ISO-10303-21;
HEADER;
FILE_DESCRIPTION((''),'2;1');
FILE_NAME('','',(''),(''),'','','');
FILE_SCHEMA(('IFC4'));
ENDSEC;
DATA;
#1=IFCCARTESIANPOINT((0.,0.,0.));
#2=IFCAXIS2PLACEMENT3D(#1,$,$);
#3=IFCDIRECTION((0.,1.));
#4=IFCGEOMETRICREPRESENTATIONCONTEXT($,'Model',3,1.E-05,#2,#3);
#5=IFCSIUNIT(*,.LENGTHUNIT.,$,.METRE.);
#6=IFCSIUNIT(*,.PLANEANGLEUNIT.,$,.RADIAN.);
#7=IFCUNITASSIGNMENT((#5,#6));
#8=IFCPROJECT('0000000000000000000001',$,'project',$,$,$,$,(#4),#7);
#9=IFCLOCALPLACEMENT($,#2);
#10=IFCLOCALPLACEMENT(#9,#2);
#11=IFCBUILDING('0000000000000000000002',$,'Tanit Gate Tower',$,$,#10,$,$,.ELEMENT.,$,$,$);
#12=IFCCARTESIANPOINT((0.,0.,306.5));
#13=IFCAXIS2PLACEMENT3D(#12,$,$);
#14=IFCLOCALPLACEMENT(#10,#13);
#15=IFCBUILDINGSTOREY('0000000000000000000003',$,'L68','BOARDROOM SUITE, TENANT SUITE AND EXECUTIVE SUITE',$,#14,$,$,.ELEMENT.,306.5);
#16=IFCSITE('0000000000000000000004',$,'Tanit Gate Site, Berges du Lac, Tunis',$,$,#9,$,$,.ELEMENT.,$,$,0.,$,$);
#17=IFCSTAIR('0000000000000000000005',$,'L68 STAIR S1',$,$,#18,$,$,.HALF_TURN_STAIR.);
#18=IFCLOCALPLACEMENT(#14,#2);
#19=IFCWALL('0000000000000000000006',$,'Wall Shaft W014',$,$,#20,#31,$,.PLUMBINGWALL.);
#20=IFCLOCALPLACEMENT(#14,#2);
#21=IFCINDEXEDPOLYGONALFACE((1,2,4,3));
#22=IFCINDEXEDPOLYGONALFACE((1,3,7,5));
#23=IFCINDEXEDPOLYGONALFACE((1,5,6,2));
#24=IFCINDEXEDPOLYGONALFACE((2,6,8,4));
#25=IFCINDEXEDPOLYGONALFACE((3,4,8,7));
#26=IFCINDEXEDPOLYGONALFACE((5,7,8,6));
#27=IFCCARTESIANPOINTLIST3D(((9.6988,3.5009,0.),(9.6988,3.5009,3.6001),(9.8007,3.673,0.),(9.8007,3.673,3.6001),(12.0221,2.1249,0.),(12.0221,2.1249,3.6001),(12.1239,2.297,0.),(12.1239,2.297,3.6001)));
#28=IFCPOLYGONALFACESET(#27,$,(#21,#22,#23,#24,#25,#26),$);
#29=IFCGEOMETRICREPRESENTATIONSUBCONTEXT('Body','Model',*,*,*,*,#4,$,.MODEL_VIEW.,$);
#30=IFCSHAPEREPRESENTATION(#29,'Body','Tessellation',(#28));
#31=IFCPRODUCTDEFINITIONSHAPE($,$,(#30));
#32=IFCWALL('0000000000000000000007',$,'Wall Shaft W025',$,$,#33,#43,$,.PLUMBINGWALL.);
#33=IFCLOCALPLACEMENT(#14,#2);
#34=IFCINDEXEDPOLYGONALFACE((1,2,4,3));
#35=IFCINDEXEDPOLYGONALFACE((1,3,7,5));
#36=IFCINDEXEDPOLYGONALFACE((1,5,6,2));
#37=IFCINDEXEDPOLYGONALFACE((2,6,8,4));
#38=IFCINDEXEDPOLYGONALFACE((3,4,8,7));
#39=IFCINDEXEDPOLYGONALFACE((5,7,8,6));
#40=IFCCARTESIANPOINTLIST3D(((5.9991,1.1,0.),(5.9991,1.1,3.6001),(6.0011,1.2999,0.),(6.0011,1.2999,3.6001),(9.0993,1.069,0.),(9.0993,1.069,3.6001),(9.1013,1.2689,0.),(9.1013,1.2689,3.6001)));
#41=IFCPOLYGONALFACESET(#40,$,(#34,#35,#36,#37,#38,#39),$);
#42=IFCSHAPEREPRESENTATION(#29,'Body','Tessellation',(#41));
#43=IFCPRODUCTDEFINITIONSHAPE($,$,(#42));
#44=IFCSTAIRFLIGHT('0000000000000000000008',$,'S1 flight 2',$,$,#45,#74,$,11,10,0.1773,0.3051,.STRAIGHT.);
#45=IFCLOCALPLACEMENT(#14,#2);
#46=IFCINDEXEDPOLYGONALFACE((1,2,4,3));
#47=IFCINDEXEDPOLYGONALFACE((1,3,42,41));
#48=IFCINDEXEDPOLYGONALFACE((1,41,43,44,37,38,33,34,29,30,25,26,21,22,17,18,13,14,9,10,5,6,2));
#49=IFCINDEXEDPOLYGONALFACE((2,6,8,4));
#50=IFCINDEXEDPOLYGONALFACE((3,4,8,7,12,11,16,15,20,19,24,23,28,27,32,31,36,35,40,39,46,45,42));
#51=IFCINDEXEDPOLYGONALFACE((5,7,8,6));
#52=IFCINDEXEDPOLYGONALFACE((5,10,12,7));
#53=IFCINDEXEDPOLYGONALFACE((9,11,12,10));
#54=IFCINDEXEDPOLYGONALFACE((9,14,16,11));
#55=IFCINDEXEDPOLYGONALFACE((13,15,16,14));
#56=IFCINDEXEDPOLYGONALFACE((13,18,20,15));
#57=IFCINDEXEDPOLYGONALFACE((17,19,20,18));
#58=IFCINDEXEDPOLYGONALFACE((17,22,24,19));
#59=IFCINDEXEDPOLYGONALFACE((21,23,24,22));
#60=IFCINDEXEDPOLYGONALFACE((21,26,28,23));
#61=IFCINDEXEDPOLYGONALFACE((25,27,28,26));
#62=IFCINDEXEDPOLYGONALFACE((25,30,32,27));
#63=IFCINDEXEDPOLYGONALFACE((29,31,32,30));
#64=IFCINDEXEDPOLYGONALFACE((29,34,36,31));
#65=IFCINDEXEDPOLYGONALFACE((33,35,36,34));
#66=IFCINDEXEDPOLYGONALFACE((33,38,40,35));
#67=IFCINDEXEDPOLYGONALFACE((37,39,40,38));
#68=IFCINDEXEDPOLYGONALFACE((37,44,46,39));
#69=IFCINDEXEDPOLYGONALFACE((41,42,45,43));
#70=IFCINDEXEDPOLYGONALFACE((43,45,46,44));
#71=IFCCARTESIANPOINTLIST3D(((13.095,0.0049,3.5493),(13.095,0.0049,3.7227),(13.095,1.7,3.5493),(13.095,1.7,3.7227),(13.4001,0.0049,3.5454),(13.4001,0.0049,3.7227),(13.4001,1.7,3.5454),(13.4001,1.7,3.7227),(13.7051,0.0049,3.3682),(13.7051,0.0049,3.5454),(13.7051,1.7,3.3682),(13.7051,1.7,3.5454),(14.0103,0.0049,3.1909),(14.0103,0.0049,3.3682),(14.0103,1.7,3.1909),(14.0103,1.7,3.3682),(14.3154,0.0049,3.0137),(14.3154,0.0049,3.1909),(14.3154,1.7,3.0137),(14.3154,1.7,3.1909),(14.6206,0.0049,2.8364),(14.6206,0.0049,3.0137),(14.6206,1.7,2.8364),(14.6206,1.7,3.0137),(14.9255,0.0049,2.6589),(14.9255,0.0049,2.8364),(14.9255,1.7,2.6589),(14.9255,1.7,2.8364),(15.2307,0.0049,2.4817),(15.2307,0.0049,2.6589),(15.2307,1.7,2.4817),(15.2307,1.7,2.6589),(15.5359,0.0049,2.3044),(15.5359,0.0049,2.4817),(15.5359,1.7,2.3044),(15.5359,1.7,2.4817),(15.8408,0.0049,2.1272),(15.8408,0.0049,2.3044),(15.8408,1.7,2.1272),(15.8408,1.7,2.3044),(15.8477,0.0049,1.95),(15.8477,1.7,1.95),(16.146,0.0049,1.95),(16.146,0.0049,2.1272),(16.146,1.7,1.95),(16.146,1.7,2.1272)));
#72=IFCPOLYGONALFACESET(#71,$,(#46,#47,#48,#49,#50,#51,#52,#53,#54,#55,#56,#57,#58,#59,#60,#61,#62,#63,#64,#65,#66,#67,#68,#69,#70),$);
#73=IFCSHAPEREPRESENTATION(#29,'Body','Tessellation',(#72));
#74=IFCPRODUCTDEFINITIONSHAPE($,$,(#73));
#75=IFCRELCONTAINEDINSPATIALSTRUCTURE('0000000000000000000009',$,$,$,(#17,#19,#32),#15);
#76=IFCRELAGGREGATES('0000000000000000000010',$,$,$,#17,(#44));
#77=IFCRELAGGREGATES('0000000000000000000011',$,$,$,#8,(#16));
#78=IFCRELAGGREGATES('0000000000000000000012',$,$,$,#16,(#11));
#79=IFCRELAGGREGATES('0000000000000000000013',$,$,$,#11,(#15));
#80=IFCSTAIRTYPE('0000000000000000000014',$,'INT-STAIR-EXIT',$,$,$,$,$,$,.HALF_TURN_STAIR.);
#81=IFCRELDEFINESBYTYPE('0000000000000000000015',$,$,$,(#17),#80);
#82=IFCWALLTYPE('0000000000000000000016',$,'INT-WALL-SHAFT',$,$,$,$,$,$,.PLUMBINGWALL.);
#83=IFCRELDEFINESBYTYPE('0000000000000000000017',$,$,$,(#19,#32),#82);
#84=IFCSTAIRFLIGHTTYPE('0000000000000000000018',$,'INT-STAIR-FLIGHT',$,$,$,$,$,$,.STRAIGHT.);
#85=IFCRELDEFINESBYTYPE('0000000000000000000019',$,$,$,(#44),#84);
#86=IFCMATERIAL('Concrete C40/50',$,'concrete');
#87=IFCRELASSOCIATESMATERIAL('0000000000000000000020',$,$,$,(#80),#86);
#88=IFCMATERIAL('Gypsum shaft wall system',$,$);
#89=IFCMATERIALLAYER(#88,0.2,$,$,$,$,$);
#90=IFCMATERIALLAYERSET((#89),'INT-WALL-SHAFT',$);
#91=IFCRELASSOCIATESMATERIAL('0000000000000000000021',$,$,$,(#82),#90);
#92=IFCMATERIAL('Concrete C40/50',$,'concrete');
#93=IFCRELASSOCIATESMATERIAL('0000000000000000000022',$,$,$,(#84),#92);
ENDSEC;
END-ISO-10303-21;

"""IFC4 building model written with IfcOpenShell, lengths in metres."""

from ifc_helpers import new_model, si_unit, direction, frame, frame_2d, origin, place, context, subcontext, project, spatial, polyline, rectangle, outline, extrude, material, layer, layer_set, type_object, element, aggregate, save


model = new_model("IFC4")

# Units and contexts
model_context = context("Model", 3, precision=1e-05, world=origin(), true_north=direction((0.0, 1.0)))
body_context = subcontext(model_context, "Body", "Model", "MODEL_VIEW")
ifc_project = project(units=[si_unit("LENGTHUNIT", "METRE"), si_unit("PLANEANGLEUNIT", "RADIAN")], contexts=[model_context])

# Site, building, storey
site_placement = place(None, origin())
site = spatial("IfcSite", under=ifc_project, at=site_placement, Name="Tanit Gate Site, Berges du Lac, Tunis", CompositionType="ELEMENT", RefElevation=0.0)
building_placement = place(site_placement, origin())
building = spatial("IfcBuilding", under=site, at=building_placement, Name="Tanit Gate Tower", CompositionType="ELEMENT")
storey_placement = place(building_placement, frame((0.0, 0.0, 306.5)))
storey = spatial("IfcBuildingStorey", under=building, at=storey_placement, Name="L68", Description="BOARDROOM SUITE, TENANT SUITE AND EXECUTIVE SUITE", CompositionType="ELEMENT", Elevation=306.5)

# Stair
ifc_material_1 = material(Name="Concrete C40/50", Category="concrete")
stair_type = type_object("IfcStairType", Name="INT-STAIR-EXIT", PredefinedType="HALF_TURN_STAIR", material=ifc_material_1)
stair_1_placement = place(storey_placement, origin())
stair_1 = element("IfcStair", 1, at=stair_1_placement, inside=storey, type_object=stair_type, Name="L68 STAIR S1", PredefinedType="HALF_TURN_STAIR")

# Wall
ifc_material_2 = material(Name="Gypsum shaft wall system")
ifc_layer_1 = layer(ifc_material_2, 0.2)
ifc_layer_set_1 = layer_set([ifc_layer_1], Name="INT-WALL-SHAFT")
wall_type_1 = type_object("IfcWallType", Name="INT-WALL-SHAFT", PredefinedType="PLUMBINGWALL", material=ifc_layer_set_1)
wall_1_placement = place(storey_placement, frame((12.073, 2.2109, 0.0), z_axis=(0.0, 0.0, 1.0), x_axis=(-0.860415, 0.509594, 0.0)))
element("IfcWall", 2, at=wall_1_placement, inside=storey, type_object=wall_type_1, Name="Wall Shaft W014", PredefinedType="PLUMBINGWALL", context=body_context, shape_type="SweptSolid", body=[
    extrude(rectangle(XDim=2.7002, YDim=0.2, at=frame_2d((1.3501, 0.0))), origin(), (0.0, 0.0, 1.0), 3.6001),
])

# Wall
wall_2_placement = place(storey_placement, frame((6.0, 1.2, 0.0), z_axis=(0.0, 0.0, 1.0), x_axis=(0.99995, -0.010001, 0.0)))
element("IfcWall", 3, at=wall_2_placement, inside=storey, type_object=wall_type_1, Name="Wall Shaft W025", PredefinedType="PLUMBINGWALL", context=body_context, shape_type="SweptSolid", body=[
    extrude(rectangle(XDim=3.1003, YDim=0.2, at=frame_2d((1.5503, 0.0))), origin(), (0.0, 0.0, 1.0), 3.6001),
])

# Stair flight
ifc_material_3 = material(Name="Concrete C40/50", Category="concrete")
stair_flight_type = type_object("IfcStairFlightType", Name="INT-STAIR-FLIGHT", PredefinedType="STRAIGHT", material=ifc_material_3)
stair_flight_placement = place(storey_placement, frame((16.146, 0.8525, 1.95), z_axis=(0.0, 0.0, 1.0), x_axis=(-1.0, 0.0, 0.0)))
stair_flight = element("IfcStairFlight", 4, at=stair_flight_placement, type_object=stair_flight_type, Name="S1 flight 2", NumberOfRisers=11, NumberOfTreads=10, PredefinedType="STRAIGHT", RiserHeight=0.1773, TreadLength=0.3051, context=body_context, shape_type="SweptSolid", body=[
    extrude(outline(polyline([(0.0, 0.0), (0.0, 0.1772), (0.3052, 0.1772), (0.3052, 0.3545), (0.6101, 0.3545), (0.6101, 0.5317), (0.9153, 0.5317), (0.9153, 0.709), (1.2205, 0.709), (1.2205, 0.8865), (1.5254, 0.8865), (1.5254, 1.0637), (1.8306, 1.0637), (1.8306, 1.241), (2.1357, 1.241), (2.1357, 1.4182), (2.4409, 1.4182), (2.4409, 1.5955), (2.7458, 1.5955), (2.7458, 1.7727), (3.051, 1.7727), (3.051, 1.95), (3.051, 1.5994), (0.2983, 0.0), (0.0, 0.0)])), frame((0.0, 0.8477, 0.0), z_axis=(0.0, -1.0, 0.0), x_axis=(1.0, 0.0, 0.0)), (0.0, 0.0, 1.0), 1.6951),
])
aggregate(stair_1, [stair_flight])

save(model, "model.ifc")
